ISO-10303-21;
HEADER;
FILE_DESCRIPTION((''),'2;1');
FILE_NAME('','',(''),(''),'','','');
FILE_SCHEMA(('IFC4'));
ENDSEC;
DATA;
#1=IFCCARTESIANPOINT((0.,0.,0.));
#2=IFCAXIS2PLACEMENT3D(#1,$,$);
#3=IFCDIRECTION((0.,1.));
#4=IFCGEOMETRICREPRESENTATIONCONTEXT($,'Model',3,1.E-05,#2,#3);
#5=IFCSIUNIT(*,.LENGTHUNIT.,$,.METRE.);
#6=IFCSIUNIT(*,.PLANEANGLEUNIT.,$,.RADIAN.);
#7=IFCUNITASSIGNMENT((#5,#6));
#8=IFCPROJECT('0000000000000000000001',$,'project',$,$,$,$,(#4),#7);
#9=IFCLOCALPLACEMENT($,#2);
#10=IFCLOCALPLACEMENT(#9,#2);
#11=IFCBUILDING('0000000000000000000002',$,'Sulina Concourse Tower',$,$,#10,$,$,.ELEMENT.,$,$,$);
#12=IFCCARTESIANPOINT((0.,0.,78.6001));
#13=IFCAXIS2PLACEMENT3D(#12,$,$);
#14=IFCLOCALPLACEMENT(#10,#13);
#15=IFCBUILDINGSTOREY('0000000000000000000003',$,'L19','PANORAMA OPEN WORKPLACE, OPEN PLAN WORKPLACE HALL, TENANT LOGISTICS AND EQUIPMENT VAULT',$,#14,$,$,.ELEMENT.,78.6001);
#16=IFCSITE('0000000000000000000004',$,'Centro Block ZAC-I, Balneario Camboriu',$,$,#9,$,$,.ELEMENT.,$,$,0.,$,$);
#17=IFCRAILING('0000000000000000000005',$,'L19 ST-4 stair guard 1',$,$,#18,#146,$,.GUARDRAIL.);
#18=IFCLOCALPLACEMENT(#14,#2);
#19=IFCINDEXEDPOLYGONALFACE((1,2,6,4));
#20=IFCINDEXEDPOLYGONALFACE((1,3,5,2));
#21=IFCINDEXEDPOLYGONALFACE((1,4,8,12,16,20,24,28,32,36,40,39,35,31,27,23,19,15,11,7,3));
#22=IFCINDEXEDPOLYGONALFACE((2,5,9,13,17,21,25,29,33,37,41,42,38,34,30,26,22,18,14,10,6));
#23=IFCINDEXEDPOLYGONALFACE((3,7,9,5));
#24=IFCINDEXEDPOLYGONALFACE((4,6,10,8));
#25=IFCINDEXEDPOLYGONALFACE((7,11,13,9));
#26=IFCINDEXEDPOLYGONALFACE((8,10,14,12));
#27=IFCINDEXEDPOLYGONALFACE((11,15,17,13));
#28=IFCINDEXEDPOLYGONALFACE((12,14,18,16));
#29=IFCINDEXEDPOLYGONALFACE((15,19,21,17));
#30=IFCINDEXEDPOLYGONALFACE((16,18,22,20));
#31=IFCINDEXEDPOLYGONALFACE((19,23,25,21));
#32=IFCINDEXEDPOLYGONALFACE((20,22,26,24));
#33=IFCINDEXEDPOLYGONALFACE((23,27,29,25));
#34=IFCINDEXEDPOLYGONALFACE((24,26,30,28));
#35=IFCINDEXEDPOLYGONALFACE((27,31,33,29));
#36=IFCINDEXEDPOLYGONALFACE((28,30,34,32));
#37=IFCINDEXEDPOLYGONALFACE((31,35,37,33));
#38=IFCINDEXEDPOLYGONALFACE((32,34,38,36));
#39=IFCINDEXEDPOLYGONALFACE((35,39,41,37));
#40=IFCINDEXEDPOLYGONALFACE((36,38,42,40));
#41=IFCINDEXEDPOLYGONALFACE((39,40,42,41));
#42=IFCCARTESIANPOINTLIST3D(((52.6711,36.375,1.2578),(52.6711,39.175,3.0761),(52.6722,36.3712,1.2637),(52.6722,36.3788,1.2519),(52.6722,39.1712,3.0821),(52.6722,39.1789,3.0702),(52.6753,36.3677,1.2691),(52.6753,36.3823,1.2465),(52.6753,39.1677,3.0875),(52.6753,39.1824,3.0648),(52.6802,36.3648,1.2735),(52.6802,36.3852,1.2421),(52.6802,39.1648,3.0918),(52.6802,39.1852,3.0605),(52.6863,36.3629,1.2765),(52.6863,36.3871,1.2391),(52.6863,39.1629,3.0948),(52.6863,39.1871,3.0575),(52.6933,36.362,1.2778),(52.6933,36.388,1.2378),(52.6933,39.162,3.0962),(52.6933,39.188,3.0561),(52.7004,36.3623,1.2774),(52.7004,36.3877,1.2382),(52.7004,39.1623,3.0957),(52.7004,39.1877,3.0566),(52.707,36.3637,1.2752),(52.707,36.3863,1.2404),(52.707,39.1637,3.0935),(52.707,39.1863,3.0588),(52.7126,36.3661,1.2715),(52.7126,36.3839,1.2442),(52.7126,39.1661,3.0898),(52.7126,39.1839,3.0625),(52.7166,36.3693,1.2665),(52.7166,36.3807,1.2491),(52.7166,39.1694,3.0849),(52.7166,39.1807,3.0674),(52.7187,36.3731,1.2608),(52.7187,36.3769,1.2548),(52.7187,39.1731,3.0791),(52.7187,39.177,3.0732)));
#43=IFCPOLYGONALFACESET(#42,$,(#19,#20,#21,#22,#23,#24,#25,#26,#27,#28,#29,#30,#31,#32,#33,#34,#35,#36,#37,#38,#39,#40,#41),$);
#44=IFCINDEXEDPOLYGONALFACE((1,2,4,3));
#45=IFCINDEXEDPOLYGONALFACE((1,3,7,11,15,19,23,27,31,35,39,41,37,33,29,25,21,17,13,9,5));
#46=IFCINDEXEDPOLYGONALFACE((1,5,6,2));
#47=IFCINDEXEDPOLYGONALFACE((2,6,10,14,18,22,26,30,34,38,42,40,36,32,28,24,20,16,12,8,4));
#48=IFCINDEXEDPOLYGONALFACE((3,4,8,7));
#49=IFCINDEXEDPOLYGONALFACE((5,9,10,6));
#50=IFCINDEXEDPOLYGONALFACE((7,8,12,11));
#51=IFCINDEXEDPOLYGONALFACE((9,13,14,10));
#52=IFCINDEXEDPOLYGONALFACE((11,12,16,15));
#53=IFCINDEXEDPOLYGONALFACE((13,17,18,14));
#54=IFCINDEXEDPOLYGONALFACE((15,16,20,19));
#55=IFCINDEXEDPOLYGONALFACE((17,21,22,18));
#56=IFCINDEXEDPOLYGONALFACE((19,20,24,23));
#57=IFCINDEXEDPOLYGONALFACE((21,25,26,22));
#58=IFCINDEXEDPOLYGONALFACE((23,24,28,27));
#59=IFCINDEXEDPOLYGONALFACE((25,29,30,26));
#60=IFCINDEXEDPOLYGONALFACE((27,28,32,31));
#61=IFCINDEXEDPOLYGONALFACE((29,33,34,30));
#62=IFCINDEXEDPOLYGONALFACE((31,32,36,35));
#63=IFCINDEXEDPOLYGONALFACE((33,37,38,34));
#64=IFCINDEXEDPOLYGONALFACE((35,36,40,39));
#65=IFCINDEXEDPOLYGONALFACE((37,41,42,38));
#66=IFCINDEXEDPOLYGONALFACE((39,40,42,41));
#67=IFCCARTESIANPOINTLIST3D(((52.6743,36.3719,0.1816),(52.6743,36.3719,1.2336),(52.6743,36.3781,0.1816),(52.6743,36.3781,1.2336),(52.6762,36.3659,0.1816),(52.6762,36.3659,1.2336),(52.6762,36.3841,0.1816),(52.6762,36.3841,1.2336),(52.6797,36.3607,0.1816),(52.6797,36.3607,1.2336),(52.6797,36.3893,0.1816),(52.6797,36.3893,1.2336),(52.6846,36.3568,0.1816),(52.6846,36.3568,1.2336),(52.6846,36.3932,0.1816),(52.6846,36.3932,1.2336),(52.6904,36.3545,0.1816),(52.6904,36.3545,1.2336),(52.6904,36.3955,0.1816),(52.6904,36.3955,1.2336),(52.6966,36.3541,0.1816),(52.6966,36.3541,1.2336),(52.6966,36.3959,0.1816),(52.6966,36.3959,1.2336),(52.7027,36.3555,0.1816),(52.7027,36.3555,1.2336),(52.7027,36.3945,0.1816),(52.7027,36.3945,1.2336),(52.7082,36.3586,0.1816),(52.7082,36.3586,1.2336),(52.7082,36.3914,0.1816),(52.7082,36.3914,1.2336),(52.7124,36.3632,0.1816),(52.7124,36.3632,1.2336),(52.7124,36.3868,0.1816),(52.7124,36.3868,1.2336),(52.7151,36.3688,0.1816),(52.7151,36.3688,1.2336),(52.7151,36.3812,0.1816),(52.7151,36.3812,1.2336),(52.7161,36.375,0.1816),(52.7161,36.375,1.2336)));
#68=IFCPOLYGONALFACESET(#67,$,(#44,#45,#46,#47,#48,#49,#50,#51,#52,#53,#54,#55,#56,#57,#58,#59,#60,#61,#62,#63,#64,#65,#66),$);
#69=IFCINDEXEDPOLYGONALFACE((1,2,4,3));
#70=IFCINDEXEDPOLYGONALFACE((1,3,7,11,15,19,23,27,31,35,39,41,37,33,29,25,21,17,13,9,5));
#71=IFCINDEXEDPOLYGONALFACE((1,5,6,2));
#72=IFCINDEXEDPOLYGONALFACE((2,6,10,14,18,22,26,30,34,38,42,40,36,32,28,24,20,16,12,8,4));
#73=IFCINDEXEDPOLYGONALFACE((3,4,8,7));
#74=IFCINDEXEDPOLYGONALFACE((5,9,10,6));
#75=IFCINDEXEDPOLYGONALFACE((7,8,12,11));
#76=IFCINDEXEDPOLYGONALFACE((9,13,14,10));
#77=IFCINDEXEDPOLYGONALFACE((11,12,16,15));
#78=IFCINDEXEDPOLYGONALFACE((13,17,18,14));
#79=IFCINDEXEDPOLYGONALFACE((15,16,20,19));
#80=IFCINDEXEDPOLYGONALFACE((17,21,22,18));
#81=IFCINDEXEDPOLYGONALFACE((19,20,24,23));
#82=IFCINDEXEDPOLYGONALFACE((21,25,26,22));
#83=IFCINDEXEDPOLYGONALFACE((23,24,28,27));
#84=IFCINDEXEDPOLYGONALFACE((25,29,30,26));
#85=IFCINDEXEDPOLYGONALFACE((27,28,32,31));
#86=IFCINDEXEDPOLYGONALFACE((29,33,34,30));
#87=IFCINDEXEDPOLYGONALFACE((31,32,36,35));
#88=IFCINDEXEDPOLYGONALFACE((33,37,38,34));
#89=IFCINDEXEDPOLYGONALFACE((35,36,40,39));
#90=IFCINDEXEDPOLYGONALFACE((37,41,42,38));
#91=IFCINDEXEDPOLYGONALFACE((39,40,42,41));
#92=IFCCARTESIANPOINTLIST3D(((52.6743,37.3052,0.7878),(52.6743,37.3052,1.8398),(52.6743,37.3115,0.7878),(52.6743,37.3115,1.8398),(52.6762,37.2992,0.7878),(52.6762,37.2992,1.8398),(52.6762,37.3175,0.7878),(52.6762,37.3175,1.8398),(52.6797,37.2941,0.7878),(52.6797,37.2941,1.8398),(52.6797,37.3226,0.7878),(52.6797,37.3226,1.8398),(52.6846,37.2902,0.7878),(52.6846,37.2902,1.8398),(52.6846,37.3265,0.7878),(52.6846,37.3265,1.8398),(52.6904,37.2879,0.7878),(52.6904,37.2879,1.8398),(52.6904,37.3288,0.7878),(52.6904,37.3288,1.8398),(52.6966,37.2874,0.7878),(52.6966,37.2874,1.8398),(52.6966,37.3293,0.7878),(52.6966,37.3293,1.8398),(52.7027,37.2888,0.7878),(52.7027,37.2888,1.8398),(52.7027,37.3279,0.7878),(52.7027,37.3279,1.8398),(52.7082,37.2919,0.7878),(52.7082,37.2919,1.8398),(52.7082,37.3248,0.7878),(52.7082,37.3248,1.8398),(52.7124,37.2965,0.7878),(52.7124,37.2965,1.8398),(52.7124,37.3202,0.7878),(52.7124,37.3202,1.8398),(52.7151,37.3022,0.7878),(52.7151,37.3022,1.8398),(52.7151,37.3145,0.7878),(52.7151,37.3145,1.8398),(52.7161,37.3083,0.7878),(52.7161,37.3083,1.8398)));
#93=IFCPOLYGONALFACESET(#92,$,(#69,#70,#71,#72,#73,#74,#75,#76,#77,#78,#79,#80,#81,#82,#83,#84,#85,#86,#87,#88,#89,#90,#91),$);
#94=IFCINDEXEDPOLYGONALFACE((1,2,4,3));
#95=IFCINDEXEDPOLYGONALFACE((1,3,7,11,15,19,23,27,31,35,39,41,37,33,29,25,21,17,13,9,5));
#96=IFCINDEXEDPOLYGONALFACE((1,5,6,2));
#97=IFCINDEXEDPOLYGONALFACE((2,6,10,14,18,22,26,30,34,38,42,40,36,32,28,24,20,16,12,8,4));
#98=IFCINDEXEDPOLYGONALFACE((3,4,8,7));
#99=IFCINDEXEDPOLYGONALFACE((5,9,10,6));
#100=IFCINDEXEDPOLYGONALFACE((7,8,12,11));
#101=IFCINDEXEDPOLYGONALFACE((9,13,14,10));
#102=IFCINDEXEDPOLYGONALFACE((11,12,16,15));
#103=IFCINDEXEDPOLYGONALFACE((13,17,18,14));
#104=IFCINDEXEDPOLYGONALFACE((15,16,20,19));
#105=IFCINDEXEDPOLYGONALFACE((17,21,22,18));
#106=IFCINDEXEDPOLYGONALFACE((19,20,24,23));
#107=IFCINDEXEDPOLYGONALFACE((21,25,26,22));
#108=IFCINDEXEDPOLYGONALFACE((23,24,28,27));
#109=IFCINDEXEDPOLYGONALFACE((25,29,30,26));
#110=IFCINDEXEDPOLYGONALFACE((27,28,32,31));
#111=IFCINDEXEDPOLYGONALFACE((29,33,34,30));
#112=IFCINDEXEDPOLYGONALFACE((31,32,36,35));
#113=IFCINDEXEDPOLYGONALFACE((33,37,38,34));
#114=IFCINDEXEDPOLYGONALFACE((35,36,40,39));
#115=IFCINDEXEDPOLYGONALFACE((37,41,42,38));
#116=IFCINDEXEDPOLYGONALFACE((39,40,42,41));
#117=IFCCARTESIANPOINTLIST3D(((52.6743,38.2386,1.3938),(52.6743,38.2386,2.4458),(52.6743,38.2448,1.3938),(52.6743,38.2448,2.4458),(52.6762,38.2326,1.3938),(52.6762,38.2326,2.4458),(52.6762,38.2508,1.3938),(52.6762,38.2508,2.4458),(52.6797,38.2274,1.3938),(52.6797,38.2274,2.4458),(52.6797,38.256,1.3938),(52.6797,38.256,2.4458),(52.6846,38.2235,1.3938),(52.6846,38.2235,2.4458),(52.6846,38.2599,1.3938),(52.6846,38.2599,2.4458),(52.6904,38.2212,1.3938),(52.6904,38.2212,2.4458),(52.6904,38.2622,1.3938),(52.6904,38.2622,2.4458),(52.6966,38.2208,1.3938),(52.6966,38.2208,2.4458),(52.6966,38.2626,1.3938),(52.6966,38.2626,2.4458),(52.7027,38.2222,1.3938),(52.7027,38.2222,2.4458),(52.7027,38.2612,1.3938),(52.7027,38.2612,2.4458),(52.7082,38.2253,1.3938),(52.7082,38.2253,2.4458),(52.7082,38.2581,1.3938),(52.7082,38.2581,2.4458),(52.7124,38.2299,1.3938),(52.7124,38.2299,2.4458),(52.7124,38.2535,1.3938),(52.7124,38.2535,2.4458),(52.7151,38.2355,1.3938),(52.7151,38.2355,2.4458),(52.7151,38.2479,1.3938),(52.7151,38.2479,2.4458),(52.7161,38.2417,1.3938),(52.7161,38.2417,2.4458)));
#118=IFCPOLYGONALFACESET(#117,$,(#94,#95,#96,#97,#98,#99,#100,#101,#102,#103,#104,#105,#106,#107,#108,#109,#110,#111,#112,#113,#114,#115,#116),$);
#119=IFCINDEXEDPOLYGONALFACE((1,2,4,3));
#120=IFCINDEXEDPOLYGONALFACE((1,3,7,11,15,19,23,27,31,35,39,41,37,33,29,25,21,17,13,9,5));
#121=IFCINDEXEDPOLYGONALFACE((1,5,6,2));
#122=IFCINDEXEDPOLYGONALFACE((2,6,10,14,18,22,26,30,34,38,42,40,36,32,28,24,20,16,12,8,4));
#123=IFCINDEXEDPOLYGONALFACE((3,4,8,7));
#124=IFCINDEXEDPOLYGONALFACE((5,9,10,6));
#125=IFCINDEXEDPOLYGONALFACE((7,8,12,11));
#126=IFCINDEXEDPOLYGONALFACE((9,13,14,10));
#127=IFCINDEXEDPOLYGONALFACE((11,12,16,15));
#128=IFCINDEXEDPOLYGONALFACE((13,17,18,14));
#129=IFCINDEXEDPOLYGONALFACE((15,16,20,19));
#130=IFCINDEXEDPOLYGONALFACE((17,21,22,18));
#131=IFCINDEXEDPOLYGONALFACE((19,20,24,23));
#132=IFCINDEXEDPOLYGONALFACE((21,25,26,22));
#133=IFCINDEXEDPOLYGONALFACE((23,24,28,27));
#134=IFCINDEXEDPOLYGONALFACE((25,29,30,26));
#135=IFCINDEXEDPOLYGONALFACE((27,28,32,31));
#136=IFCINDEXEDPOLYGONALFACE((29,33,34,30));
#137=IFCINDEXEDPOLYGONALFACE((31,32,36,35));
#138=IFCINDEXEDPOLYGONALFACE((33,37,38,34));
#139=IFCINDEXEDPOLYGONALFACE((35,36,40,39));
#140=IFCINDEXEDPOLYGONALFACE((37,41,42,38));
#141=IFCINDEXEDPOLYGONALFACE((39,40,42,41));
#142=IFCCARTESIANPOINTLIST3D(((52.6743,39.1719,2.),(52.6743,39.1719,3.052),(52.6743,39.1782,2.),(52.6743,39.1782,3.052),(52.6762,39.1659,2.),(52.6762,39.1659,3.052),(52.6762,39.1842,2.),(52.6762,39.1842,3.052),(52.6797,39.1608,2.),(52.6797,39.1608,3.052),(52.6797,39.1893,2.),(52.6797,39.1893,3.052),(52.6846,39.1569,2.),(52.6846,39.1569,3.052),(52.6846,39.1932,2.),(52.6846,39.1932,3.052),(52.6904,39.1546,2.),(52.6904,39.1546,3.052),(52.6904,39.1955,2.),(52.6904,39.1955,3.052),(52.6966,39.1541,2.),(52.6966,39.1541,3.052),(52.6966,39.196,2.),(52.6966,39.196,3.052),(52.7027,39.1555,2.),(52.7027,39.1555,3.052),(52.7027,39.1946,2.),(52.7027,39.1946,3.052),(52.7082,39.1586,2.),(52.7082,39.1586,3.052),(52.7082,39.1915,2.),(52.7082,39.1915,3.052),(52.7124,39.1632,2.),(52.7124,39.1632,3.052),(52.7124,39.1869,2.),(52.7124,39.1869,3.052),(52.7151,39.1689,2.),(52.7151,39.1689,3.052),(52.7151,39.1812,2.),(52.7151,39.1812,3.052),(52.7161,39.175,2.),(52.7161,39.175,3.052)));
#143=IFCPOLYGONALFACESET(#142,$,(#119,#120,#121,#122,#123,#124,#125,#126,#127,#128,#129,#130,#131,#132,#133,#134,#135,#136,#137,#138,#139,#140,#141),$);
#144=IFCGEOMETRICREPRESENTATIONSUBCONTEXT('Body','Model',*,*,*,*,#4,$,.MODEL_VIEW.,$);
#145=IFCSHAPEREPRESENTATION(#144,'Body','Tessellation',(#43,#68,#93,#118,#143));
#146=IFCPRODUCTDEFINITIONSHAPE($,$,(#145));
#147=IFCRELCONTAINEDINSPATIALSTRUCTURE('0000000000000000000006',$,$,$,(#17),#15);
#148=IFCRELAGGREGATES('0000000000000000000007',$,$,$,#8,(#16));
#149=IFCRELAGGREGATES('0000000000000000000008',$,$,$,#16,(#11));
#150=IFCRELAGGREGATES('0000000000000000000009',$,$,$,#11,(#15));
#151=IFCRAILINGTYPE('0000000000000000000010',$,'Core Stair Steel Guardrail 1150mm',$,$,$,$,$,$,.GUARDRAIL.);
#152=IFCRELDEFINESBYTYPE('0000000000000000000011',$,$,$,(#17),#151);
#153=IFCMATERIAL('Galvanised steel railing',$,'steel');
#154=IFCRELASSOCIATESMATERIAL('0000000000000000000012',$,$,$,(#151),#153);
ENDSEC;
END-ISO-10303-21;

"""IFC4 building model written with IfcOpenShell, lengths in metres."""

from ifc_helpers import new_model, si_unit, direction, frame, origin, origin_2d, place, context, subcontext, project, spatial, circle, extrude, material, type_object, element, save


model = new_model("IFC4")

# Units and contexts
model_context = context("Model", 3, precision=1e-05, world=origin(), true_north=direction((0.0, 1.0)))
body_context = subcontext(model_context, "Body", "Model", "MODEL_VIEW")
ifc_project = project(units=[si_unit("LENGTHUNIT", "METRE"), si_unit("PLANEANGLEUNIT", "RADIAN")], contexts=[model_context])

# Site, building, storey
site_placement = place(None, origin())
site = spatial("IfcSite", under=ifc_project, at=site_placement, Name="Centro Block ZAC-I, Balneario Camboriu", CompositionType="ELEMENT", RefElevation=0.0)
building_placement = place(site_placement, origin())
building = spatial("IfcBuilding", under=site, at=building_placement, Name="Sulina Concourse Tower", CompositionType="ELEMENT")
storey_placement = place(building_placement, frame((0.0, 0.0, 78.6001)))
storey = spatial("IfcBuildingStorey", under=building, at=storey_placement, Name="L19", Description="PANORAMA OPEN WORKPLACE, OPEN PLAN WORKPLACE HALL, TENANT LOGISTICS AND EQUIPMENT VAULT", CompositionType="ELEMENT", Elevation=78.6001)

# Railing
ifc_material_1 = material(Name="Galvanised steel railing", Category="steel")
railing_type = type_object("IfcRailingType", Name="Core Stair Steel Guardrail 1150mm", PredefinedType="GUARDRAIL", material=ifc_material_1)
railing_1_placement = place(storey_placement, frame((52.6951, 36.375, 0.1816)))
element("IfcRailing", 1, at=railing_1_placement, inside=storey, type_object=railing_type, Name="L19 ST-4 stair guard 1", PredefinedType="GUARDRAIL", context=body_context, shape_type="SweptSolid", body=[
    extrude(circle(Radius=0.0239, at=origin_2d()), frame((0.0, 0.0, 1.0762), z_axis=(0.0, 0.838672, 0.544636), x_axis=(-1.0, 0.0, 0.0)), (0.0, 0.0, 1.0), 3.3386),
    extrude(circle(Radius=0.021, at=origin_2d()), origin(), (0.0, 0.0, 1.0), 1.052),
    extrude(circle(Radius=0.021, at=origin_2d()), frame((0.0, 0.9333, 0.6062)), (0.0, 0.0, 1.0), 1.052),
    extrude(circle(Radius=0.021, at=origin_2d()), frame((0.0, 1.8667, 1.2122)), (0.0, 0.0, 1.0), 1.052),
    extrude(circle(Radius=0.021, at=origin_2d()), frame((0.0, 2.8, 1.8184)), (0.0, 0.0, 1.0), 1.052),
])

save(model, "model.ifc")
